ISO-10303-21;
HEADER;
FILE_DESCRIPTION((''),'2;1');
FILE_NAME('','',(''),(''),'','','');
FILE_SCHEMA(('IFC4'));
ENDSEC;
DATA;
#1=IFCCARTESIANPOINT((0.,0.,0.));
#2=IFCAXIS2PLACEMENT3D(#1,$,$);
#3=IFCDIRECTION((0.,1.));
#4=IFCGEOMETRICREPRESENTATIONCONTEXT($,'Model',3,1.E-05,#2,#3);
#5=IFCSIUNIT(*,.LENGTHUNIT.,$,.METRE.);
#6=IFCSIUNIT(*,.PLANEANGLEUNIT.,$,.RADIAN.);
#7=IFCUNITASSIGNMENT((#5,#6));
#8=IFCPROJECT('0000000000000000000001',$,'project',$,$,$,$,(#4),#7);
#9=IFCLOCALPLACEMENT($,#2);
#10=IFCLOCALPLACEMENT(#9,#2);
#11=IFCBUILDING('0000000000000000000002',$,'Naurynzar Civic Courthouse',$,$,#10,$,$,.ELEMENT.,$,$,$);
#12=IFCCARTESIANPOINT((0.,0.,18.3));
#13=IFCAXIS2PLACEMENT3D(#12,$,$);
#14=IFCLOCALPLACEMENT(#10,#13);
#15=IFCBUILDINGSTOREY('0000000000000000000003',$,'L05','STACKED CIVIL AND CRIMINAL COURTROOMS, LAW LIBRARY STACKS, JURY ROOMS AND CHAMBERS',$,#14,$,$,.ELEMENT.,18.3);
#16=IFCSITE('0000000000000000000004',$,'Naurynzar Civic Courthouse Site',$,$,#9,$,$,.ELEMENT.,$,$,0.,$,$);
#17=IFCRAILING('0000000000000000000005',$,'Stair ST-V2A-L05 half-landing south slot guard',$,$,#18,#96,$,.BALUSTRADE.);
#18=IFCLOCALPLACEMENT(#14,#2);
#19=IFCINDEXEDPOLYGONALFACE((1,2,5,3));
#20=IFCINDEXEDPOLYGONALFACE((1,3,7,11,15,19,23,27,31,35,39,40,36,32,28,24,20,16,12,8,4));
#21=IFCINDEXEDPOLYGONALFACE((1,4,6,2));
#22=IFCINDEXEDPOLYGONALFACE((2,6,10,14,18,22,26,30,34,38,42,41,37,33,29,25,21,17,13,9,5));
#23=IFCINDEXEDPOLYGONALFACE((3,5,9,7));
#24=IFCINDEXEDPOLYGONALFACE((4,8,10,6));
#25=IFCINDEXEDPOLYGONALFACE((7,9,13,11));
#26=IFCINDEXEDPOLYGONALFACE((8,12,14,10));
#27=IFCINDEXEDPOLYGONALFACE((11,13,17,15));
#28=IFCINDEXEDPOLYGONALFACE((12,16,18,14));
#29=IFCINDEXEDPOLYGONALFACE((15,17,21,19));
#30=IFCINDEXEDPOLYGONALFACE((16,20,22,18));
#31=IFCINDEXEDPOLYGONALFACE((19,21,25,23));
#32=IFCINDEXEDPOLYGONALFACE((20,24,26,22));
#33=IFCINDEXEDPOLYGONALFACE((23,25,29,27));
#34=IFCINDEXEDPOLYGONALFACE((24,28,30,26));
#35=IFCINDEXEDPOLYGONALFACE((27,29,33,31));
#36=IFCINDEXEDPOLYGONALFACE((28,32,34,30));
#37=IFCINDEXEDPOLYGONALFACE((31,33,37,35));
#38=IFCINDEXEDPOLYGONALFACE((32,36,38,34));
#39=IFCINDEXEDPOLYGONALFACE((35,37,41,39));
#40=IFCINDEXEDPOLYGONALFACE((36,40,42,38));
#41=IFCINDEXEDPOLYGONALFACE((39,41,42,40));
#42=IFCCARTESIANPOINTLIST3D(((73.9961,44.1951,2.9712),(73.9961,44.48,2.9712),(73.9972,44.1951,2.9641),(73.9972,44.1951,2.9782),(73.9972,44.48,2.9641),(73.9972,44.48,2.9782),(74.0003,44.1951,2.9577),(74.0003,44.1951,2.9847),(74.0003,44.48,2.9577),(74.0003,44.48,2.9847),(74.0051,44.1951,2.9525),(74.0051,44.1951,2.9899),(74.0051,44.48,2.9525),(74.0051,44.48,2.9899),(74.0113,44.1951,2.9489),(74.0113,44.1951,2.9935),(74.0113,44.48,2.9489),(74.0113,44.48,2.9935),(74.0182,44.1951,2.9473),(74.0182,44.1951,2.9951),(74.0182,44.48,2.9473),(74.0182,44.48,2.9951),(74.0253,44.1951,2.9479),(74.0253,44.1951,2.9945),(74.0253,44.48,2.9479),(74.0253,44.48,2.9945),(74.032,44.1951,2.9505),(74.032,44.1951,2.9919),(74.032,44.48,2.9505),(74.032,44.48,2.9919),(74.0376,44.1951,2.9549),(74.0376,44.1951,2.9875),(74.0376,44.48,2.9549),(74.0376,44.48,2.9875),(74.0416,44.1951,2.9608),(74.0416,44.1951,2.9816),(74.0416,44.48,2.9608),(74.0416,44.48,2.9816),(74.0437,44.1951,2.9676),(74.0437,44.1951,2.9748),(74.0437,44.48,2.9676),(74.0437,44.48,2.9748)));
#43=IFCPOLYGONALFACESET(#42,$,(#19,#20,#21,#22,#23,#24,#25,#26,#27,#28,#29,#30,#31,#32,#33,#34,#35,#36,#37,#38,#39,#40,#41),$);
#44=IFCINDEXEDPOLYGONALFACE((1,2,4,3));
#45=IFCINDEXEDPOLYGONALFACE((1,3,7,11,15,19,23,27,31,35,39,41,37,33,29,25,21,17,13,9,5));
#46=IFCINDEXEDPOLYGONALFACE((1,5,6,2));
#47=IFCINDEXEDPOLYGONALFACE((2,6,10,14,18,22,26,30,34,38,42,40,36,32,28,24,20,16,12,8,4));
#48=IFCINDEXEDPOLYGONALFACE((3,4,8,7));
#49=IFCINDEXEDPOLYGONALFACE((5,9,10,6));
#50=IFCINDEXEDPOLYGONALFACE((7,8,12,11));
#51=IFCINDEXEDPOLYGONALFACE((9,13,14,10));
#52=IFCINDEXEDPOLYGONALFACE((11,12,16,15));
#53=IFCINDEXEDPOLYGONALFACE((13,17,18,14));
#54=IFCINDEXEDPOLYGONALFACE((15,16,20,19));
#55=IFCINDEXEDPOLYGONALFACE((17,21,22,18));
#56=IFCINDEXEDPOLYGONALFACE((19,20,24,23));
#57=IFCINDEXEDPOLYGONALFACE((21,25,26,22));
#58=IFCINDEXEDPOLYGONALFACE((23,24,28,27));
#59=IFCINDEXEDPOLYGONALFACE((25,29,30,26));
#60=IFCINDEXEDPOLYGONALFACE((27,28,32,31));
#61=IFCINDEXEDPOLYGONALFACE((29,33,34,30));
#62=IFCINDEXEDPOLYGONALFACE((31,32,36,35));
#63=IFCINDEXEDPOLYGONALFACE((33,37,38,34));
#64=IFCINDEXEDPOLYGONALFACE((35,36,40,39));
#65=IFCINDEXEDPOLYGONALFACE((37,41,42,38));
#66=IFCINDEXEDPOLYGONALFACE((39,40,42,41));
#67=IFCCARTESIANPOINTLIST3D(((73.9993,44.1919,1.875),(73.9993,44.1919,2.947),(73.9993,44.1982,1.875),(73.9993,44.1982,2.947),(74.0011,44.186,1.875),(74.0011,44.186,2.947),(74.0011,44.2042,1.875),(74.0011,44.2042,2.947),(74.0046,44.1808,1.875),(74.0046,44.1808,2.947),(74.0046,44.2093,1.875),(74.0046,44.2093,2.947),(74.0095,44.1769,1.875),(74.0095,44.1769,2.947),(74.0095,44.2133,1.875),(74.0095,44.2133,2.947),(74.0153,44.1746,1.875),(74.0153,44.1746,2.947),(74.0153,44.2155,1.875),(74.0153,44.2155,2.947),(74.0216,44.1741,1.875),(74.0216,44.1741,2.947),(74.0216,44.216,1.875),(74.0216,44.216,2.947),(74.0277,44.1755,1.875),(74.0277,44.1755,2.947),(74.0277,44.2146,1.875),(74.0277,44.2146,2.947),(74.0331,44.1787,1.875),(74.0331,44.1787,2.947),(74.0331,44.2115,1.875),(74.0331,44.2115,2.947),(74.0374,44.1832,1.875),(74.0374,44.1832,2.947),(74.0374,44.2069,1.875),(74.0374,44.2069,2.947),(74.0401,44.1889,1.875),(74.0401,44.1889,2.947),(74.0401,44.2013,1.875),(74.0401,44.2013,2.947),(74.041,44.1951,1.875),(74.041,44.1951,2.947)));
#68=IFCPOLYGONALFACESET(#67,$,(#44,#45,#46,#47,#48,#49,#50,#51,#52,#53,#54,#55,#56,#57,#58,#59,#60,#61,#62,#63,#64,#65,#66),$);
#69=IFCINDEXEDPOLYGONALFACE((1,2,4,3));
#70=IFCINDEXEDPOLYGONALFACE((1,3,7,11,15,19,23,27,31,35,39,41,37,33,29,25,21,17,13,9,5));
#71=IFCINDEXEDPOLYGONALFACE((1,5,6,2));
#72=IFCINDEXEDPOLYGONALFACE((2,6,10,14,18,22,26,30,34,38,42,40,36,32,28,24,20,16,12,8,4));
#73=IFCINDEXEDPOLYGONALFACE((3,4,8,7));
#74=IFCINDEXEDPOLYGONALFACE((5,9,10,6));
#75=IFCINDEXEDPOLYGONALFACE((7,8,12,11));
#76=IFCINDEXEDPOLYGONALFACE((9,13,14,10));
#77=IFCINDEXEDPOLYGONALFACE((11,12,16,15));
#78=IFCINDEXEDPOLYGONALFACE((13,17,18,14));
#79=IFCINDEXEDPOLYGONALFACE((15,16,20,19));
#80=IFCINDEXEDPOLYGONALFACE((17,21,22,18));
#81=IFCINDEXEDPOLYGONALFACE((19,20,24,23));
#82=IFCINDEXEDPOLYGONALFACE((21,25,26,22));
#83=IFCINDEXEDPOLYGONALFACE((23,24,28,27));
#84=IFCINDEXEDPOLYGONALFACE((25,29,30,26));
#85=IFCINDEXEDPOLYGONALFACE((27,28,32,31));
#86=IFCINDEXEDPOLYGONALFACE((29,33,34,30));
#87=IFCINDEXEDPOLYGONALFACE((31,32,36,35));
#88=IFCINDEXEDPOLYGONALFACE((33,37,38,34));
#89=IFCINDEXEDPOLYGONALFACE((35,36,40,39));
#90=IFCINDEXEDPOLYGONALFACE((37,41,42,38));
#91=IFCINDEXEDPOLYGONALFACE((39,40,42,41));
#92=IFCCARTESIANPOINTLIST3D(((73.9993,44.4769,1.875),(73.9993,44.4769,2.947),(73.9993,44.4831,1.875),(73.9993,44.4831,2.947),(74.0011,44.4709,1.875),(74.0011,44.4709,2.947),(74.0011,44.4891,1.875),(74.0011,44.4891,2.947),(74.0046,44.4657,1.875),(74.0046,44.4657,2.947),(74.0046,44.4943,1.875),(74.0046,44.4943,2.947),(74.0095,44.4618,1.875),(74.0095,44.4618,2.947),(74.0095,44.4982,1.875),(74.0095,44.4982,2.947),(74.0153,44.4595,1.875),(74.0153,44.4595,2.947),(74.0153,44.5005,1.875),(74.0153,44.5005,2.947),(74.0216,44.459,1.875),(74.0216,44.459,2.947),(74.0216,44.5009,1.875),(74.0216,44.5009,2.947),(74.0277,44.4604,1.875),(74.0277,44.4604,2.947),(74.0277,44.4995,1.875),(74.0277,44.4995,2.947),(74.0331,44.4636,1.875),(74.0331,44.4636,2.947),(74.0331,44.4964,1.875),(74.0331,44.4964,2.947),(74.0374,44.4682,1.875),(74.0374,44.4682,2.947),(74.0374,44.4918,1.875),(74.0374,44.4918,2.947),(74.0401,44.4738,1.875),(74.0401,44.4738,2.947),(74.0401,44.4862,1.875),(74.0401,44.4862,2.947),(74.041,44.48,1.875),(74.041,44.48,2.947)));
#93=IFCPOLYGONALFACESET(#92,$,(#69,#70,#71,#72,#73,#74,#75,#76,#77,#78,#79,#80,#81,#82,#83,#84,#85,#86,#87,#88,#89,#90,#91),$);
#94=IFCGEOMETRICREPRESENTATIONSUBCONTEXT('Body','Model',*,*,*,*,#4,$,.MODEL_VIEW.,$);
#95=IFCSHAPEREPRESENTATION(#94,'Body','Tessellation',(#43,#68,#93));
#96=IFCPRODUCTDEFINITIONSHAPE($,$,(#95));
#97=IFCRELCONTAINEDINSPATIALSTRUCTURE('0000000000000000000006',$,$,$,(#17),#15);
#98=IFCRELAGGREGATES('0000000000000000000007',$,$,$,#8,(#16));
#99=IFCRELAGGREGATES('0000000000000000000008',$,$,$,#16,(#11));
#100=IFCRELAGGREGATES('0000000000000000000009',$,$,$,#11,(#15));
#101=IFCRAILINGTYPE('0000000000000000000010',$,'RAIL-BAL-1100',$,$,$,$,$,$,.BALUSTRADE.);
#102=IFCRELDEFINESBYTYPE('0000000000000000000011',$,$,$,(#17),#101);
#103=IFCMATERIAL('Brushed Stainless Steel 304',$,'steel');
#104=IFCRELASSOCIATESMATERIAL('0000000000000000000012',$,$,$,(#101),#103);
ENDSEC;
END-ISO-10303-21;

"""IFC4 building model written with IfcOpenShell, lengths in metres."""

from ifc_helpers import new_model, si_unit, direction, frame, origin, origin_2d, place, context, subcontext, project, spatial, circle, extrude, material, type_object, element, save


model = new_model("IFC4")

# Units and contexts
model_context = context("Model", 3, precision=1e-05, world=origin(), true_north=direction((0.0, 1.0)))
body_context = subcontext(model_context, "Body", "Model", "MODEL_VIEW")
ifc_project = project(units=[si_unit("LENGTHUNIT", "METRE"), si_unit("PLANEANGLEUNIT", "RADIAN")], contexts=[model_context])

# Site, building, storey
site_placement = place(None, origin())
site = spatial("IfcSite", under=ifc_project, at=site_placement, Name="Naurynzar Civic Courthouse Site", CompositionType="ELEMENT", RefElevation=0.0)
building_placement = place(site_placement, origin())
building = spatial("IfcBuilding", under=site, at=building_placement, Name="Naurynzar Civic Courthouse", CompositionType="ELEMENT")
storey_placement = place(building_placement, frame((0.0, 0.0, 18.3)))
storey = spatial("IfcBuildingStorey", under=building, at=storey_placement, Name="L05", Description="STACKED CIVIL AND CRIMINAL COURTROOMS, LAW LIBRARY STACKS, JURY ROOMS AND CHAMBERS", CompositionType="ELEMENT", Elevation=18.3)

# Railing
ifc_material_1 = material(Name="Brushed Stainless Steel 304", Category="steel")
railing_type_1 = type_object("IfcRailingType", Name="RAIL-BAL-1100", PredefinedType="BALUSTRADE", material=ifc_material_1)
railing_1_placement = place(storey_placement, frame((74.02, 44.1951, 1.875)))
element("IfcRailing", 1, at=railing_1_placement, inside=storey, type_object=railing_type_1, Name="Stair ST-V2A-L05 half-landing south slot guard", PredefinedType="BALUSTRADE", context=body_context, shape_type="SweptSolid", body=[
    extrude(circle(Radius=0.0239, at=origin_2d()), frame((0.0, 0.0, 1.0962), z_axis=(0.0, 1.0, 0.0), x_axis=(-1.0, 0.0, 0.0)), (0.0, 0.0, 1.0), 0.2849),
    extrude(circle(Radius=0.021, at=origin_2d()), origin(), (0.0, 0.0, 1.0), 1.072),
    extrude(circle(Radius=0.021, at=origin_2d()), frame((0.0, 0.2849, 0.0)), (0.0, 0.0, 1.0), 1.072),
])

save(model, "model.ifc")
